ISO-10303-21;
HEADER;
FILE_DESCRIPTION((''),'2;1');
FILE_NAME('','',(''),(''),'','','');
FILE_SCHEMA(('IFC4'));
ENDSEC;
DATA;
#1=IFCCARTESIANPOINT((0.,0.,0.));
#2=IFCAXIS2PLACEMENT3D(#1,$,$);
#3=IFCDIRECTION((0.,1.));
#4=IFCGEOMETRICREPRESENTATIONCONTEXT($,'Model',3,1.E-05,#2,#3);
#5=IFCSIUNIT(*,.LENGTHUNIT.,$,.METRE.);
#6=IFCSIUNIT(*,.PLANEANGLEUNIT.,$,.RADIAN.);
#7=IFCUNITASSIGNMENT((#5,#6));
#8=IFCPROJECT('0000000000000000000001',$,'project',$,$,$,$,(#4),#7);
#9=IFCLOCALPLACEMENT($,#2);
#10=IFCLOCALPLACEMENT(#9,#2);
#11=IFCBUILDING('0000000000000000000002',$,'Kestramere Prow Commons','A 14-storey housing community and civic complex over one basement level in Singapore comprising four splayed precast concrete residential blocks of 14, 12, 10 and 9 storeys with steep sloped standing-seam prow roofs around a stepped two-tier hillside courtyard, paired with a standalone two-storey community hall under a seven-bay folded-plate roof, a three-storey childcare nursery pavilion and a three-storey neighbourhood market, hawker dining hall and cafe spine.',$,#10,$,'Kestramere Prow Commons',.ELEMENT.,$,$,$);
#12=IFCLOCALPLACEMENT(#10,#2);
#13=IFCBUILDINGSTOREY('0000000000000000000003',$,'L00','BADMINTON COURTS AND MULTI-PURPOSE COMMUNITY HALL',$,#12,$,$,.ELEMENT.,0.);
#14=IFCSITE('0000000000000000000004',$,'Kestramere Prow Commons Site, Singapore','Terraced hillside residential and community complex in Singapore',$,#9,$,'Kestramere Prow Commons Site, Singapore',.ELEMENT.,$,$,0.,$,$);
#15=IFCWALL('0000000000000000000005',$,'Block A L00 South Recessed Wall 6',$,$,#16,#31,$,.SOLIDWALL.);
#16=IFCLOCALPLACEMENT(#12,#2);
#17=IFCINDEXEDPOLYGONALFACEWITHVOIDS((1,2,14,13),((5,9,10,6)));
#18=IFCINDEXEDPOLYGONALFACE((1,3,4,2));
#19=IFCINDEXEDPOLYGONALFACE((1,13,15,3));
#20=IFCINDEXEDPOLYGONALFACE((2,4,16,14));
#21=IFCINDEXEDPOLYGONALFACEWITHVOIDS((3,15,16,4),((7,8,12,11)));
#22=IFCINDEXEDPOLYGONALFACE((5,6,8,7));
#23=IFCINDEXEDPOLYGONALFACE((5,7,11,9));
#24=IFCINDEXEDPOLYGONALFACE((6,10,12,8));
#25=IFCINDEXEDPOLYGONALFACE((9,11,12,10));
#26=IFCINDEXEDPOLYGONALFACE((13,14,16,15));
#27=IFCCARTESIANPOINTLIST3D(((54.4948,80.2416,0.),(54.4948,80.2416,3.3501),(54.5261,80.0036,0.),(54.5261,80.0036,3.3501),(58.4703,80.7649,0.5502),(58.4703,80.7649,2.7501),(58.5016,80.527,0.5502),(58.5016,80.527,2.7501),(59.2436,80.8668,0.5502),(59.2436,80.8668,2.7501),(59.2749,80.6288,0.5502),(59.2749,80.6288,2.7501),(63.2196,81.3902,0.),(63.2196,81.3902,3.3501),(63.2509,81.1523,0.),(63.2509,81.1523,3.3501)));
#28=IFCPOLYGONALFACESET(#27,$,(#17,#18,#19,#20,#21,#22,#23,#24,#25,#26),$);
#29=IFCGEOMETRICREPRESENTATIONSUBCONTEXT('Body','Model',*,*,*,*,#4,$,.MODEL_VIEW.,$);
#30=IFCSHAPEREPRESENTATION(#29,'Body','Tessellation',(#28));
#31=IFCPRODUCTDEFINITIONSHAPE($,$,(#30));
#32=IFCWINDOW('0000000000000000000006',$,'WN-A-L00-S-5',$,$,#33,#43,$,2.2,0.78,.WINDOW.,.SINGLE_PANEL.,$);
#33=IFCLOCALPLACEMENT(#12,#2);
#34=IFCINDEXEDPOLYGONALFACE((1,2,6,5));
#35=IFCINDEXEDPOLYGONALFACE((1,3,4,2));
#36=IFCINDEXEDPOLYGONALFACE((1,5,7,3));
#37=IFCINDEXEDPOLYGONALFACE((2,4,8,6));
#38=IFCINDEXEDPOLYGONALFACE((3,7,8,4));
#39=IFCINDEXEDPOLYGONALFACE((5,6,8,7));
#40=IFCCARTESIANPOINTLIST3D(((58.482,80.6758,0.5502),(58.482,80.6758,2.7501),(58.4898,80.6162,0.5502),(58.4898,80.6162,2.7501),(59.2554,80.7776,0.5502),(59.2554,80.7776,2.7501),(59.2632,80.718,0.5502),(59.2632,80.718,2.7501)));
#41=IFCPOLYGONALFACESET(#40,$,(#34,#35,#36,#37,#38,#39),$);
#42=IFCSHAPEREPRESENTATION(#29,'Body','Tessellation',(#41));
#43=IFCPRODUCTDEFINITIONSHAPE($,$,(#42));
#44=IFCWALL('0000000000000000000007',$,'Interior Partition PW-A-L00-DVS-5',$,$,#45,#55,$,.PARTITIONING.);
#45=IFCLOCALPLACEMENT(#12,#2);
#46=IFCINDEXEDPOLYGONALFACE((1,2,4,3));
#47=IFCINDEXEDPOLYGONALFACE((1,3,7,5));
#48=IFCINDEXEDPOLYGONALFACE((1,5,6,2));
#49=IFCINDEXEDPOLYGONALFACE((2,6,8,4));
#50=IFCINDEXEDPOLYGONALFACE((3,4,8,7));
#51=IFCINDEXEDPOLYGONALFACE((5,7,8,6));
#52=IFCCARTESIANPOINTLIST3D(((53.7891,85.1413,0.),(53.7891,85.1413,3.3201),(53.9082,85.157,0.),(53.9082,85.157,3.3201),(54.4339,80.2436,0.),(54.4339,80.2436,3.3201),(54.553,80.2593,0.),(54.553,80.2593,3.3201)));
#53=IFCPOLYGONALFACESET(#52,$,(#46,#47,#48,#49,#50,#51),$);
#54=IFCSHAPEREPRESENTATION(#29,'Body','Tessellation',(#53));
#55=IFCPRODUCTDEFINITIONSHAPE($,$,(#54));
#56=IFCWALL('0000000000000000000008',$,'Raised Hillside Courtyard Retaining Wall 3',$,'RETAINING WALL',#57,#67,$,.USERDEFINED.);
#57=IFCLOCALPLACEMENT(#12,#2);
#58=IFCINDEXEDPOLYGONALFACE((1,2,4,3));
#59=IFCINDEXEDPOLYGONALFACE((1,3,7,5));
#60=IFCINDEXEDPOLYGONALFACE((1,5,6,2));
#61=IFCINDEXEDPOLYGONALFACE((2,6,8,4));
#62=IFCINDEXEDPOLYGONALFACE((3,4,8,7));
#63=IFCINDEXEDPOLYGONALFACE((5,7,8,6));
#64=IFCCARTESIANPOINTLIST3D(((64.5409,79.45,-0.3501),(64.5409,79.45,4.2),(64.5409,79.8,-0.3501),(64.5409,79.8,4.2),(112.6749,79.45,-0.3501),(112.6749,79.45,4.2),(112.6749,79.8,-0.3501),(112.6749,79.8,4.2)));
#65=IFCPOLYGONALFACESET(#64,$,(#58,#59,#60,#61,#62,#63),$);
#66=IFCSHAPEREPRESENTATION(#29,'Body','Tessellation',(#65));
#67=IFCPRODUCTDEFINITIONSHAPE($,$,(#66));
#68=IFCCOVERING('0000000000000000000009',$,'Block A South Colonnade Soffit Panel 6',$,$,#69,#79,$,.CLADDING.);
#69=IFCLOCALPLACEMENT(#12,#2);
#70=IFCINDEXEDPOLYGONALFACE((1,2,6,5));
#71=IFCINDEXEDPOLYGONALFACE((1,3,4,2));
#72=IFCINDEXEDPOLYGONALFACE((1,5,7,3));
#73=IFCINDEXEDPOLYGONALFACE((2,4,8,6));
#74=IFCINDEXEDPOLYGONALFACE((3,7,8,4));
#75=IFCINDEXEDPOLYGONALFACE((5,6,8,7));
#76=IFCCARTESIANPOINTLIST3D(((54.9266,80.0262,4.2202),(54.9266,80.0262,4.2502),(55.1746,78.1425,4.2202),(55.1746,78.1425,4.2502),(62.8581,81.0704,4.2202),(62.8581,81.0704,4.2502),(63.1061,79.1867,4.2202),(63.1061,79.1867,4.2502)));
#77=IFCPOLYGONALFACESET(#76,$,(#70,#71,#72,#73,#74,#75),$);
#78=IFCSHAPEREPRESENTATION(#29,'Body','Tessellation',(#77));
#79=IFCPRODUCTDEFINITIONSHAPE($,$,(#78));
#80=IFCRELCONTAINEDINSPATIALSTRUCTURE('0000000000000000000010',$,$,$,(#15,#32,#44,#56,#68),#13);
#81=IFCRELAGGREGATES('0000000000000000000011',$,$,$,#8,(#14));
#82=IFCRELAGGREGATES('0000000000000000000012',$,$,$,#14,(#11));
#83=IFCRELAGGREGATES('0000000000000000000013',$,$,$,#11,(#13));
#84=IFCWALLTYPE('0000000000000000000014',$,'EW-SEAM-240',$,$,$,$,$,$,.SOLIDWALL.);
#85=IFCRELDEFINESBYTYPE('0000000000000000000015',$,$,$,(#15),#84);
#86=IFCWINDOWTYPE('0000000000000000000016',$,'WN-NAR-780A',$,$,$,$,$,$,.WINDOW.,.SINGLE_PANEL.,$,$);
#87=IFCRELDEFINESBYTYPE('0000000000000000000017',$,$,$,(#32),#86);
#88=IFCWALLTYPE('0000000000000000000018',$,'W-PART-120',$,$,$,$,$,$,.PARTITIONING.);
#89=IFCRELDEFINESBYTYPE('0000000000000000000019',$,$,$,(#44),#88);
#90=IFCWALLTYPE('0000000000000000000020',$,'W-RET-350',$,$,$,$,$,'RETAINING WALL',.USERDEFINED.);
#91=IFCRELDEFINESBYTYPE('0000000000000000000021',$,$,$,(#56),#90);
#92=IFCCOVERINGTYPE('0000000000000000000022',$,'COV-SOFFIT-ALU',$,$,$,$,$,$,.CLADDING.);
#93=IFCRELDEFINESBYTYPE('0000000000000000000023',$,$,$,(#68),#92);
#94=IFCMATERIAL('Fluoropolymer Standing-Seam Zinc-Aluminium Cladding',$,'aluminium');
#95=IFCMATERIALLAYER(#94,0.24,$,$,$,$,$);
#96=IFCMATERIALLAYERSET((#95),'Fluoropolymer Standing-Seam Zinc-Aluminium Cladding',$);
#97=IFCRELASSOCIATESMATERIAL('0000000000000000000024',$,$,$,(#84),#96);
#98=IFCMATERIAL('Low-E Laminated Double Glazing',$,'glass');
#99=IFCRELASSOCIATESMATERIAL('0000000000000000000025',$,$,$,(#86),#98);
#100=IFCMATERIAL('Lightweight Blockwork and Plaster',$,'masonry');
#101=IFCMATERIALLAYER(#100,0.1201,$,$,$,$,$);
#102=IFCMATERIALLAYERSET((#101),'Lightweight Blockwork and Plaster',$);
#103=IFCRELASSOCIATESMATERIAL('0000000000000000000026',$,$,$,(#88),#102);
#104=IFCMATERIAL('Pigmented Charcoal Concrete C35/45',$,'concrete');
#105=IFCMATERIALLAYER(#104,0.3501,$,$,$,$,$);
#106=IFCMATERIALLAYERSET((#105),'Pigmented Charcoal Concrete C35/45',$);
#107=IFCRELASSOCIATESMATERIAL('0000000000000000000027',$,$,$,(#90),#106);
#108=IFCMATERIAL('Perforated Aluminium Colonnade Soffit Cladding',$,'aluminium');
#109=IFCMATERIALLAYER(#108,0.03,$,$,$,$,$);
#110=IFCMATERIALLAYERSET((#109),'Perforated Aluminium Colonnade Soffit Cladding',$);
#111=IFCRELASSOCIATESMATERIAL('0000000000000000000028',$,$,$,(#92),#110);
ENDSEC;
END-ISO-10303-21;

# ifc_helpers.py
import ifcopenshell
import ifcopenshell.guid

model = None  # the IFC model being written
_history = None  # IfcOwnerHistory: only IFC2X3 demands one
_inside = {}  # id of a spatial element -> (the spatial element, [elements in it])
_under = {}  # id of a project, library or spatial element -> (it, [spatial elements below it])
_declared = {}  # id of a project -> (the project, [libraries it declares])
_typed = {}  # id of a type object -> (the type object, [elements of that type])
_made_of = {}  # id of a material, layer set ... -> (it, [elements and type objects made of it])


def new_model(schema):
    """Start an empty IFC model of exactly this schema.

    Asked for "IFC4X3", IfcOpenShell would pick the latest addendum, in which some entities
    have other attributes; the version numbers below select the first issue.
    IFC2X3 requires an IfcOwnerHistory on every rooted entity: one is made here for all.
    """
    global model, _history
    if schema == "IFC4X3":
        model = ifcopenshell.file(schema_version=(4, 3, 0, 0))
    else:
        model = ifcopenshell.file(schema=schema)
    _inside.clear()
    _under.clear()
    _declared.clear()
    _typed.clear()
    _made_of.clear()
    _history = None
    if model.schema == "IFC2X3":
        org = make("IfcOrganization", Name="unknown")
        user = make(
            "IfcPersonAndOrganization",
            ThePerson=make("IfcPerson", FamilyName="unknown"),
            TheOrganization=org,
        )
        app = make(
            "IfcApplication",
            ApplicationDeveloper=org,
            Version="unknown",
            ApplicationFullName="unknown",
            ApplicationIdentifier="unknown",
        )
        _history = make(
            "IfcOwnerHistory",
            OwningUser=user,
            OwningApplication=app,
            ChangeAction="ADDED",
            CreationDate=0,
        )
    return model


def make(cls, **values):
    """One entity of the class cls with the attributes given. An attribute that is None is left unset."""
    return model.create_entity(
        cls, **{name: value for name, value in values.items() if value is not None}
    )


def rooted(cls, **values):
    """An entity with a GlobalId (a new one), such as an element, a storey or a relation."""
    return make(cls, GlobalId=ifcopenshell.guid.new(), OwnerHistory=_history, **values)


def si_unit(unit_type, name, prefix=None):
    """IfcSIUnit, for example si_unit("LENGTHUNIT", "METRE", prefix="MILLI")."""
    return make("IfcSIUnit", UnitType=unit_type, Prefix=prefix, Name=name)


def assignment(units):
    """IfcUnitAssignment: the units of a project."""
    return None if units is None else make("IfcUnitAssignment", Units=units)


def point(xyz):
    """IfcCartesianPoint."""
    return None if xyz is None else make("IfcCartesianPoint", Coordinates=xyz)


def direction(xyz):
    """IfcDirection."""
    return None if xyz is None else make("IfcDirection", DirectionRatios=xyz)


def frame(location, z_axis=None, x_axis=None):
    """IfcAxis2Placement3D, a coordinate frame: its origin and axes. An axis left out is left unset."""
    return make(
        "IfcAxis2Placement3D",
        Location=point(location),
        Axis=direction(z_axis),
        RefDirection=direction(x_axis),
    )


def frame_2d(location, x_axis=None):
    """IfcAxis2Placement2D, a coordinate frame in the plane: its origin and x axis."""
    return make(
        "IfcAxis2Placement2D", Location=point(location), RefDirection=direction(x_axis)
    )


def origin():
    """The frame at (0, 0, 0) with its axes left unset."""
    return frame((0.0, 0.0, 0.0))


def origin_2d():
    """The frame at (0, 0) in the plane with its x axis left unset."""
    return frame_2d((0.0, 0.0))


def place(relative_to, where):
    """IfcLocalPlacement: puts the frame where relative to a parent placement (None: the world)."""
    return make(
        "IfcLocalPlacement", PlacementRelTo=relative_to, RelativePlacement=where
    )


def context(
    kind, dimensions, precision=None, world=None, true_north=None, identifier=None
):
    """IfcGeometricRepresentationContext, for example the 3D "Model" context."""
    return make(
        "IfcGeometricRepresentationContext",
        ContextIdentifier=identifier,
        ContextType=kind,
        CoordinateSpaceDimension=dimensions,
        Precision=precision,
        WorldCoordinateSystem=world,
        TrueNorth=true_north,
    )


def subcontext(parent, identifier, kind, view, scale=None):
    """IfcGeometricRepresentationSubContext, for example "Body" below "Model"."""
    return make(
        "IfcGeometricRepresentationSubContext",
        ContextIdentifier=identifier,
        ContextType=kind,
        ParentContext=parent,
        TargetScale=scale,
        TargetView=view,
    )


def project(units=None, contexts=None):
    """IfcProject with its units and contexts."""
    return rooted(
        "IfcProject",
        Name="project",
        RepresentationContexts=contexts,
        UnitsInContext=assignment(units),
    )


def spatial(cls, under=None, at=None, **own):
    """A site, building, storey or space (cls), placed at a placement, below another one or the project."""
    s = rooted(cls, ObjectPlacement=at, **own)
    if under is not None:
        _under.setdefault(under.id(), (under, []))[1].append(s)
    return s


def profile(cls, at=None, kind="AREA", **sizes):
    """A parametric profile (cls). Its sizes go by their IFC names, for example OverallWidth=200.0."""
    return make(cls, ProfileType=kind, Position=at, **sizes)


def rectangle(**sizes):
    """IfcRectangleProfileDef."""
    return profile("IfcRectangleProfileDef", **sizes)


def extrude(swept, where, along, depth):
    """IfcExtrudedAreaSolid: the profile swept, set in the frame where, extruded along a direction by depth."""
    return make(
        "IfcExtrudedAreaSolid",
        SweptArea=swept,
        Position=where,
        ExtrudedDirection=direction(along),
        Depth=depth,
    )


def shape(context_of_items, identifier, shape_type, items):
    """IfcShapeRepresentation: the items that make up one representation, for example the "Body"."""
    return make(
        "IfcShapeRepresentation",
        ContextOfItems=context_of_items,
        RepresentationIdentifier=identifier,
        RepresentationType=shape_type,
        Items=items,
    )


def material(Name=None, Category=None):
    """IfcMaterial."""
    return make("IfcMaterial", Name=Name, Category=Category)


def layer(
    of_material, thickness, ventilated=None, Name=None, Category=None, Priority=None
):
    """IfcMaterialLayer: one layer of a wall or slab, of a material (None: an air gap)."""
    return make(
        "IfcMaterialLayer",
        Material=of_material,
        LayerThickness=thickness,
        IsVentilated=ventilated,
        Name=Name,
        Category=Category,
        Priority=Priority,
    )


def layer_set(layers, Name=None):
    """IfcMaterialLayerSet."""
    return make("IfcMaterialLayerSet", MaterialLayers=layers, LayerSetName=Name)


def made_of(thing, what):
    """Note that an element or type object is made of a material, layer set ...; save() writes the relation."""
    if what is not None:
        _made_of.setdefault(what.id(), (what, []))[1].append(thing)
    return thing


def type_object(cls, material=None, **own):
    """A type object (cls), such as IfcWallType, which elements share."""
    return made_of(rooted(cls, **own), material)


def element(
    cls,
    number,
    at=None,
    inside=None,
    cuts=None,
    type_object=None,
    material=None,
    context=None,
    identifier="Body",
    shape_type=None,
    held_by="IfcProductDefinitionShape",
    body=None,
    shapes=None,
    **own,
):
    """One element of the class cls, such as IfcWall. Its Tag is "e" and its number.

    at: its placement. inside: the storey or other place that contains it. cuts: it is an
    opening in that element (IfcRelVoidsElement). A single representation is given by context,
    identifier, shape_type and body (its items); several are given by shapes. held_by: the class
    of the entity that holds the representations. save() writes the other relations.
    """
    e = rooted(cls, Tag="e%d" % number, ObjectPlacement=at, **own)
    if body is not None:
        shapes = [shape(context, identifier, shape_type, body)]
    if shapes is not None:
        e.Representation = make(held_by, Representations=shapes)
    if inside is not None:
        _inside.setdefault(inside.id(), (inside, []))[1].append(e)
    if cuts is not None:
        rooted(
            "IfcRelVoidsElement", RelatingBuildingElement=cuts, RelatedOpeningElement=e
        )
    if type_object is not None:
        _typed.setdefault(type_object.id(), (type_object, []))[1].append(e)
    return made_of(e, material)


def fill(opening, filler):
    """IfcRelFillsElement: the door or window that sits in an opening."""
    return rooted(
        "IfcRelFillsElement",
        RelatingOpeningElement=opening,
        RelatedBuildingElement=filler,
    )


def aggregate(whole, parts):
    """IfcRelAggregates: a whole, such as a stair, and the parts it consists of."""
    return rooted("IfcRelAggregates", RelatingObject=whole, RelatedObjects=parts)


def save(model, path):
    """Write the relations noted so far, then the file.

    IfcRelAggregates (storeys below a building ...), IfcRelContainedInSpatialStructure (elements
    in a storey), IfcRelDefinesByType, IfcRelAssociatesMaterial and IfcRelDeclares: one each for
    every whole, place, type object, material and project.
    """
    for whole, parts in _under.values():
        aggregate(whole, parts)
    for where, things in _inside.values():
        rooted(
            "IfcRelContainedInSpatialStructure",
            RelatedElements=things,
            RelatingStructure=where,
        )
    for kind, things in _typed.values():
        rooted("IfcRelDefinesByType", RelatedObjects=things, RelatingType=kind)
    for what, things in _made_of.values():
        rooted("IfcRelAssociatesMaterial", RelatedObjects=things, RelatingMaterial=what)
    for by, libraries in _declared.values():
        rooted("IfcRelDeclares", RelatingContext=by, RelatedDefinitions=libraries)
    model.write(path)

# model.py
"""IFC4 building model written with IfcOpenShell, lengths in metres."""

from ifc_helpers import new_model, si_unit, direction, frame, frame_2d, origin, origin_2d, place, context, subcontext, project, spatial, rectangle, extrude, material, layer, layer_set, type_object, element, fill, save


model = new_model("IFC4")

# Units and contexts
model_context = context("Model", 3, precision=1e-05, world=origin(), true_north=direction((0.0, 1.0)))
body_context = subcontext(model_context, "Body", "Model", "MODEL_VIEW")
ifc_project = project(units=[si_unit("LENGTHUNIT", "METRE"), si_unit("PLANEANGLEUNIT", "RADIAN")], contexts=[model_context])

# Site, building, storey
site_placement = place(None, origin())
site = spatial("IfcSite", under=ifc_project, at=site_placement, Name="Kestramere Prow Commons Site, Singapore", Description="Terraced hillside residential and community complex in Singapore", LongName="Kestramere Prow Commons Site, Singapore", CompositionType="ELEMENT", RefElevation=0.0)
building_placement = place(site_placement, origin())
building = spatial("IfcBuilding", under=site, at=building_placement, Name="Kestramere Prow Commons", Description="A 14-storey housing community and civic complex over one basement level in Singapore comprising four splayed precast concrete residential blocks of 14, 12, 10 and 9 storeys with steep sloped standing-seam prow roofs around a stepped two-tier hillside courtyard, paired with a standalone two-storey community hall under a seven-bay folded-plate roof, a three-storey childcare nursery pavilion and a three-storey neighbourhood market, hawker dining hall and cafe spine.", LongName="Kestramere Prow Commons", CompositionType="ELEMENT")
storey_placement = place(building_placement, origin())
storey = spatial("IfcBuildingStorey", under=building, at=storey_placement, Name="L00", Description="BADMINTON COURTS AND MULTI-PURPOSE COMMUNITY HALL", CompositionType="ELEMENT", Elevation=0.0)

# Shared definitions
ifc_material_1 = material(Name="Low-E Laminated Double Glazing", Category="glass")

# Wall, opening, window
ifc_material_2 = material(Name="Fluoropolymer Standing-Seam Zinc-Aluminium Cladding", Category="aluminium")
ifc_layer_1 = layer(ifc_material_2, 0.24)
ifc_layer_set_1 = layer_set([ifc_layer_1], Name="Fluoropolymer Standing-Seam Zinc-Aluminium Cladding")
wall_type_1 = type_object("IfcWallType", Name="EW-SEAM-240", PredefinedType="SOLIDWALL", material=ifc_layer_set_1)
wall_1_placement = place(storey_placement, frame((63.2351, 81.2712, 0.0), z_axis=(0.0, 0.0, 1.0), x_axis=(-0.991444, -0.13053, 0.0)))
wall_1 = element("IfcWall", 1, at=wall_1_placement, inside=storey, type_object=wall_type_1, Name="Block A L00 South Recessed Wall 6", PredefinedType="SOLIDWALL", context=body_context, shape_type="SweptSolid", body=[
    extrude(rectangle(XDim=8.8, YDim=0.24, at=frame_2d((4.3999, 0.0))), origin(), (0.0, 0.0, 1.0), 3.3501),
])
opening_placement = place(wall_1_placement, frame((4.01, 0.0, 0.55)))
opening = element("IfcOpeningElement", 2, at=opening_placement, cuts=wall_1, PredefinedType="OPENING", context=body_context, shape_type="SweptSolid", body=[
    extrude(rectangle(XDim=0.78, YDim=2.2, at=frame_2d((0.3901, 1.1001))), frame((0.0, 0.135, 0.0), z_axis=(0.0, -1.0, 0.0), x_axis=(1.0, 0.0, 0.0)), (0.0, 0.0, 1.0), 0.27),
])
window_type = type_object("IfcWindowType", Name="WN-NAR-780A", PartitioningType="SINGLE_PANEL", PredefinedType="WINDOW", material=ifc_material_1)
window_placement = place(opening_placement, origin())
window = element("IfcWindow", 3, at=window_placement, inside=storey, type_object=window_type, Name="WN-A-L00-S-5", OverallHeight=2.2, OverallWidth=0.78, PartitioningType="SINGLE_PANEL", PredefinedType="WINDOW", context=body_context, shape_type="SweptSolid", body=[
    extrude(rectangle(XDim=0.78, YDim=2.2, at=frame_2d((0.3901, 1.1001))), frame((0.0, 0.03, 0.0), z_axis=(0.0, -1.0, 0.0), x_axis=(1.0, 0.0, 0.0)), (0.0, 0.0, 1.0), 0.0601),
])
fill(opening, window)

# Walls
ifc_material_3 = material(Name="Lightweight Blockwork and Plaster", Category="masonry")
ifc_layer_2 = layer(ifc_material_3, 0.1201)
ifc_layer_set_2 = layer_set([ifc_layer_2], Name="Lightweight Blockwork and Plaster")
wall_type_2 = type_object("IfcWallType", Name="W-PART-120", PredefinedType="PARTITIONING", material=ifc_layer_set_2)
wall_2_placement = place(storey_placement, frame((54.4934, 80.2515, 0.0), z_axis=(0.0, 0.0, 1.0), x_axis=(-0.130522, 0.991445, 0.0)))
element("IfcWall", 4, at=wall_2_placement, inside=storey, type_object=wall_type_2, Name="Interior Partition PW-A-L00-DVS-5", PredefinedType="PARTITIONING", context=body_context, shape_type="SweptSolid", body=[
    extrude(rectangle(XDim=4.9399, YDim=0.1201, at=frame_2d((2.47, 0.0))), origin(), (0.0, 0.0, 1.0), 3.3201),
])
ifc_material_4 = material(Name="Pigmented Charcoal Concrete C35/45", Category="concrete")
ifc_layer_3 = layer(ifc_material_4, 0.3501)
ifc_layer_set_3 = layer_set([ifc_layer_3], Name="Pigmented Charcoal Concrete C35/45")
wall_type_3 = type_object("IfcWallType", Name="W-RET-350", ElementType="RETAINING WALL", PredefinedType="USERDEFINED", material=ifc_layer_set_3)
wall_3_placement = place(storey_placement, frame((64.541, 79.625, -0.3501), z_axis=(0.0, 0.0, 1.0), x_axis=(1.0, 0.0, 0.0)))
element("IfcWall", 5, at=wall_3_placement, inside=storey, type_object=wall_type_3, Name="Raised Hillside Courtyard Retaining Wall 3", ObjectType="RETAINING WALL", PredefinedType="USERDEFINED", context=body_context, shape_type="SweptSolid", body=[
    extrude(rectangle(XDim=48.134, YDim=0.3501, at=frame_2d((24.0669, 0.0))), origin(), (0.0, 0.0, 1.0), 4.55),
])

# Covering
ifc_material_5 = material(Name="Perforated Aluminium Colonnade Soffit Cladding", Category="aluminium")
ifc_layer_4 = layer(ifc_material_5, 0.03)
ifc_layer_set_4 = layer_set([ifc_layer_4], Name="Perforated Aluminium Colonnade Soffit Cladding")
covering_type = type_object("IfcCoveringType", Name="COV-SOFFIT-ALU", PredefinedType="CLADDING", material=ifc_layer_set_4)
covering_placement = place(storey_placement, frame((59.0164, 79.6064, 4.2202), z_axis=(0.0, 0.0, 1.0), x_axis=(0.991445, 0.130526, 0.0)))
element("IfcCovering", 6, at=covering_placement, inside=storey, type_object=covering_type, Name="Block A South Colonnade Soffit Panel 6", PredefinedType="CLADDING", context=body_context, shape_type="SweptSolid", body=[
    extrude(rectangle(XDim=8.0, YDim=1.8999, at=origin_2d()), origin(), (0.0, 0.0, 1.0), 0.03),
])

save(model, "model.ifc")
